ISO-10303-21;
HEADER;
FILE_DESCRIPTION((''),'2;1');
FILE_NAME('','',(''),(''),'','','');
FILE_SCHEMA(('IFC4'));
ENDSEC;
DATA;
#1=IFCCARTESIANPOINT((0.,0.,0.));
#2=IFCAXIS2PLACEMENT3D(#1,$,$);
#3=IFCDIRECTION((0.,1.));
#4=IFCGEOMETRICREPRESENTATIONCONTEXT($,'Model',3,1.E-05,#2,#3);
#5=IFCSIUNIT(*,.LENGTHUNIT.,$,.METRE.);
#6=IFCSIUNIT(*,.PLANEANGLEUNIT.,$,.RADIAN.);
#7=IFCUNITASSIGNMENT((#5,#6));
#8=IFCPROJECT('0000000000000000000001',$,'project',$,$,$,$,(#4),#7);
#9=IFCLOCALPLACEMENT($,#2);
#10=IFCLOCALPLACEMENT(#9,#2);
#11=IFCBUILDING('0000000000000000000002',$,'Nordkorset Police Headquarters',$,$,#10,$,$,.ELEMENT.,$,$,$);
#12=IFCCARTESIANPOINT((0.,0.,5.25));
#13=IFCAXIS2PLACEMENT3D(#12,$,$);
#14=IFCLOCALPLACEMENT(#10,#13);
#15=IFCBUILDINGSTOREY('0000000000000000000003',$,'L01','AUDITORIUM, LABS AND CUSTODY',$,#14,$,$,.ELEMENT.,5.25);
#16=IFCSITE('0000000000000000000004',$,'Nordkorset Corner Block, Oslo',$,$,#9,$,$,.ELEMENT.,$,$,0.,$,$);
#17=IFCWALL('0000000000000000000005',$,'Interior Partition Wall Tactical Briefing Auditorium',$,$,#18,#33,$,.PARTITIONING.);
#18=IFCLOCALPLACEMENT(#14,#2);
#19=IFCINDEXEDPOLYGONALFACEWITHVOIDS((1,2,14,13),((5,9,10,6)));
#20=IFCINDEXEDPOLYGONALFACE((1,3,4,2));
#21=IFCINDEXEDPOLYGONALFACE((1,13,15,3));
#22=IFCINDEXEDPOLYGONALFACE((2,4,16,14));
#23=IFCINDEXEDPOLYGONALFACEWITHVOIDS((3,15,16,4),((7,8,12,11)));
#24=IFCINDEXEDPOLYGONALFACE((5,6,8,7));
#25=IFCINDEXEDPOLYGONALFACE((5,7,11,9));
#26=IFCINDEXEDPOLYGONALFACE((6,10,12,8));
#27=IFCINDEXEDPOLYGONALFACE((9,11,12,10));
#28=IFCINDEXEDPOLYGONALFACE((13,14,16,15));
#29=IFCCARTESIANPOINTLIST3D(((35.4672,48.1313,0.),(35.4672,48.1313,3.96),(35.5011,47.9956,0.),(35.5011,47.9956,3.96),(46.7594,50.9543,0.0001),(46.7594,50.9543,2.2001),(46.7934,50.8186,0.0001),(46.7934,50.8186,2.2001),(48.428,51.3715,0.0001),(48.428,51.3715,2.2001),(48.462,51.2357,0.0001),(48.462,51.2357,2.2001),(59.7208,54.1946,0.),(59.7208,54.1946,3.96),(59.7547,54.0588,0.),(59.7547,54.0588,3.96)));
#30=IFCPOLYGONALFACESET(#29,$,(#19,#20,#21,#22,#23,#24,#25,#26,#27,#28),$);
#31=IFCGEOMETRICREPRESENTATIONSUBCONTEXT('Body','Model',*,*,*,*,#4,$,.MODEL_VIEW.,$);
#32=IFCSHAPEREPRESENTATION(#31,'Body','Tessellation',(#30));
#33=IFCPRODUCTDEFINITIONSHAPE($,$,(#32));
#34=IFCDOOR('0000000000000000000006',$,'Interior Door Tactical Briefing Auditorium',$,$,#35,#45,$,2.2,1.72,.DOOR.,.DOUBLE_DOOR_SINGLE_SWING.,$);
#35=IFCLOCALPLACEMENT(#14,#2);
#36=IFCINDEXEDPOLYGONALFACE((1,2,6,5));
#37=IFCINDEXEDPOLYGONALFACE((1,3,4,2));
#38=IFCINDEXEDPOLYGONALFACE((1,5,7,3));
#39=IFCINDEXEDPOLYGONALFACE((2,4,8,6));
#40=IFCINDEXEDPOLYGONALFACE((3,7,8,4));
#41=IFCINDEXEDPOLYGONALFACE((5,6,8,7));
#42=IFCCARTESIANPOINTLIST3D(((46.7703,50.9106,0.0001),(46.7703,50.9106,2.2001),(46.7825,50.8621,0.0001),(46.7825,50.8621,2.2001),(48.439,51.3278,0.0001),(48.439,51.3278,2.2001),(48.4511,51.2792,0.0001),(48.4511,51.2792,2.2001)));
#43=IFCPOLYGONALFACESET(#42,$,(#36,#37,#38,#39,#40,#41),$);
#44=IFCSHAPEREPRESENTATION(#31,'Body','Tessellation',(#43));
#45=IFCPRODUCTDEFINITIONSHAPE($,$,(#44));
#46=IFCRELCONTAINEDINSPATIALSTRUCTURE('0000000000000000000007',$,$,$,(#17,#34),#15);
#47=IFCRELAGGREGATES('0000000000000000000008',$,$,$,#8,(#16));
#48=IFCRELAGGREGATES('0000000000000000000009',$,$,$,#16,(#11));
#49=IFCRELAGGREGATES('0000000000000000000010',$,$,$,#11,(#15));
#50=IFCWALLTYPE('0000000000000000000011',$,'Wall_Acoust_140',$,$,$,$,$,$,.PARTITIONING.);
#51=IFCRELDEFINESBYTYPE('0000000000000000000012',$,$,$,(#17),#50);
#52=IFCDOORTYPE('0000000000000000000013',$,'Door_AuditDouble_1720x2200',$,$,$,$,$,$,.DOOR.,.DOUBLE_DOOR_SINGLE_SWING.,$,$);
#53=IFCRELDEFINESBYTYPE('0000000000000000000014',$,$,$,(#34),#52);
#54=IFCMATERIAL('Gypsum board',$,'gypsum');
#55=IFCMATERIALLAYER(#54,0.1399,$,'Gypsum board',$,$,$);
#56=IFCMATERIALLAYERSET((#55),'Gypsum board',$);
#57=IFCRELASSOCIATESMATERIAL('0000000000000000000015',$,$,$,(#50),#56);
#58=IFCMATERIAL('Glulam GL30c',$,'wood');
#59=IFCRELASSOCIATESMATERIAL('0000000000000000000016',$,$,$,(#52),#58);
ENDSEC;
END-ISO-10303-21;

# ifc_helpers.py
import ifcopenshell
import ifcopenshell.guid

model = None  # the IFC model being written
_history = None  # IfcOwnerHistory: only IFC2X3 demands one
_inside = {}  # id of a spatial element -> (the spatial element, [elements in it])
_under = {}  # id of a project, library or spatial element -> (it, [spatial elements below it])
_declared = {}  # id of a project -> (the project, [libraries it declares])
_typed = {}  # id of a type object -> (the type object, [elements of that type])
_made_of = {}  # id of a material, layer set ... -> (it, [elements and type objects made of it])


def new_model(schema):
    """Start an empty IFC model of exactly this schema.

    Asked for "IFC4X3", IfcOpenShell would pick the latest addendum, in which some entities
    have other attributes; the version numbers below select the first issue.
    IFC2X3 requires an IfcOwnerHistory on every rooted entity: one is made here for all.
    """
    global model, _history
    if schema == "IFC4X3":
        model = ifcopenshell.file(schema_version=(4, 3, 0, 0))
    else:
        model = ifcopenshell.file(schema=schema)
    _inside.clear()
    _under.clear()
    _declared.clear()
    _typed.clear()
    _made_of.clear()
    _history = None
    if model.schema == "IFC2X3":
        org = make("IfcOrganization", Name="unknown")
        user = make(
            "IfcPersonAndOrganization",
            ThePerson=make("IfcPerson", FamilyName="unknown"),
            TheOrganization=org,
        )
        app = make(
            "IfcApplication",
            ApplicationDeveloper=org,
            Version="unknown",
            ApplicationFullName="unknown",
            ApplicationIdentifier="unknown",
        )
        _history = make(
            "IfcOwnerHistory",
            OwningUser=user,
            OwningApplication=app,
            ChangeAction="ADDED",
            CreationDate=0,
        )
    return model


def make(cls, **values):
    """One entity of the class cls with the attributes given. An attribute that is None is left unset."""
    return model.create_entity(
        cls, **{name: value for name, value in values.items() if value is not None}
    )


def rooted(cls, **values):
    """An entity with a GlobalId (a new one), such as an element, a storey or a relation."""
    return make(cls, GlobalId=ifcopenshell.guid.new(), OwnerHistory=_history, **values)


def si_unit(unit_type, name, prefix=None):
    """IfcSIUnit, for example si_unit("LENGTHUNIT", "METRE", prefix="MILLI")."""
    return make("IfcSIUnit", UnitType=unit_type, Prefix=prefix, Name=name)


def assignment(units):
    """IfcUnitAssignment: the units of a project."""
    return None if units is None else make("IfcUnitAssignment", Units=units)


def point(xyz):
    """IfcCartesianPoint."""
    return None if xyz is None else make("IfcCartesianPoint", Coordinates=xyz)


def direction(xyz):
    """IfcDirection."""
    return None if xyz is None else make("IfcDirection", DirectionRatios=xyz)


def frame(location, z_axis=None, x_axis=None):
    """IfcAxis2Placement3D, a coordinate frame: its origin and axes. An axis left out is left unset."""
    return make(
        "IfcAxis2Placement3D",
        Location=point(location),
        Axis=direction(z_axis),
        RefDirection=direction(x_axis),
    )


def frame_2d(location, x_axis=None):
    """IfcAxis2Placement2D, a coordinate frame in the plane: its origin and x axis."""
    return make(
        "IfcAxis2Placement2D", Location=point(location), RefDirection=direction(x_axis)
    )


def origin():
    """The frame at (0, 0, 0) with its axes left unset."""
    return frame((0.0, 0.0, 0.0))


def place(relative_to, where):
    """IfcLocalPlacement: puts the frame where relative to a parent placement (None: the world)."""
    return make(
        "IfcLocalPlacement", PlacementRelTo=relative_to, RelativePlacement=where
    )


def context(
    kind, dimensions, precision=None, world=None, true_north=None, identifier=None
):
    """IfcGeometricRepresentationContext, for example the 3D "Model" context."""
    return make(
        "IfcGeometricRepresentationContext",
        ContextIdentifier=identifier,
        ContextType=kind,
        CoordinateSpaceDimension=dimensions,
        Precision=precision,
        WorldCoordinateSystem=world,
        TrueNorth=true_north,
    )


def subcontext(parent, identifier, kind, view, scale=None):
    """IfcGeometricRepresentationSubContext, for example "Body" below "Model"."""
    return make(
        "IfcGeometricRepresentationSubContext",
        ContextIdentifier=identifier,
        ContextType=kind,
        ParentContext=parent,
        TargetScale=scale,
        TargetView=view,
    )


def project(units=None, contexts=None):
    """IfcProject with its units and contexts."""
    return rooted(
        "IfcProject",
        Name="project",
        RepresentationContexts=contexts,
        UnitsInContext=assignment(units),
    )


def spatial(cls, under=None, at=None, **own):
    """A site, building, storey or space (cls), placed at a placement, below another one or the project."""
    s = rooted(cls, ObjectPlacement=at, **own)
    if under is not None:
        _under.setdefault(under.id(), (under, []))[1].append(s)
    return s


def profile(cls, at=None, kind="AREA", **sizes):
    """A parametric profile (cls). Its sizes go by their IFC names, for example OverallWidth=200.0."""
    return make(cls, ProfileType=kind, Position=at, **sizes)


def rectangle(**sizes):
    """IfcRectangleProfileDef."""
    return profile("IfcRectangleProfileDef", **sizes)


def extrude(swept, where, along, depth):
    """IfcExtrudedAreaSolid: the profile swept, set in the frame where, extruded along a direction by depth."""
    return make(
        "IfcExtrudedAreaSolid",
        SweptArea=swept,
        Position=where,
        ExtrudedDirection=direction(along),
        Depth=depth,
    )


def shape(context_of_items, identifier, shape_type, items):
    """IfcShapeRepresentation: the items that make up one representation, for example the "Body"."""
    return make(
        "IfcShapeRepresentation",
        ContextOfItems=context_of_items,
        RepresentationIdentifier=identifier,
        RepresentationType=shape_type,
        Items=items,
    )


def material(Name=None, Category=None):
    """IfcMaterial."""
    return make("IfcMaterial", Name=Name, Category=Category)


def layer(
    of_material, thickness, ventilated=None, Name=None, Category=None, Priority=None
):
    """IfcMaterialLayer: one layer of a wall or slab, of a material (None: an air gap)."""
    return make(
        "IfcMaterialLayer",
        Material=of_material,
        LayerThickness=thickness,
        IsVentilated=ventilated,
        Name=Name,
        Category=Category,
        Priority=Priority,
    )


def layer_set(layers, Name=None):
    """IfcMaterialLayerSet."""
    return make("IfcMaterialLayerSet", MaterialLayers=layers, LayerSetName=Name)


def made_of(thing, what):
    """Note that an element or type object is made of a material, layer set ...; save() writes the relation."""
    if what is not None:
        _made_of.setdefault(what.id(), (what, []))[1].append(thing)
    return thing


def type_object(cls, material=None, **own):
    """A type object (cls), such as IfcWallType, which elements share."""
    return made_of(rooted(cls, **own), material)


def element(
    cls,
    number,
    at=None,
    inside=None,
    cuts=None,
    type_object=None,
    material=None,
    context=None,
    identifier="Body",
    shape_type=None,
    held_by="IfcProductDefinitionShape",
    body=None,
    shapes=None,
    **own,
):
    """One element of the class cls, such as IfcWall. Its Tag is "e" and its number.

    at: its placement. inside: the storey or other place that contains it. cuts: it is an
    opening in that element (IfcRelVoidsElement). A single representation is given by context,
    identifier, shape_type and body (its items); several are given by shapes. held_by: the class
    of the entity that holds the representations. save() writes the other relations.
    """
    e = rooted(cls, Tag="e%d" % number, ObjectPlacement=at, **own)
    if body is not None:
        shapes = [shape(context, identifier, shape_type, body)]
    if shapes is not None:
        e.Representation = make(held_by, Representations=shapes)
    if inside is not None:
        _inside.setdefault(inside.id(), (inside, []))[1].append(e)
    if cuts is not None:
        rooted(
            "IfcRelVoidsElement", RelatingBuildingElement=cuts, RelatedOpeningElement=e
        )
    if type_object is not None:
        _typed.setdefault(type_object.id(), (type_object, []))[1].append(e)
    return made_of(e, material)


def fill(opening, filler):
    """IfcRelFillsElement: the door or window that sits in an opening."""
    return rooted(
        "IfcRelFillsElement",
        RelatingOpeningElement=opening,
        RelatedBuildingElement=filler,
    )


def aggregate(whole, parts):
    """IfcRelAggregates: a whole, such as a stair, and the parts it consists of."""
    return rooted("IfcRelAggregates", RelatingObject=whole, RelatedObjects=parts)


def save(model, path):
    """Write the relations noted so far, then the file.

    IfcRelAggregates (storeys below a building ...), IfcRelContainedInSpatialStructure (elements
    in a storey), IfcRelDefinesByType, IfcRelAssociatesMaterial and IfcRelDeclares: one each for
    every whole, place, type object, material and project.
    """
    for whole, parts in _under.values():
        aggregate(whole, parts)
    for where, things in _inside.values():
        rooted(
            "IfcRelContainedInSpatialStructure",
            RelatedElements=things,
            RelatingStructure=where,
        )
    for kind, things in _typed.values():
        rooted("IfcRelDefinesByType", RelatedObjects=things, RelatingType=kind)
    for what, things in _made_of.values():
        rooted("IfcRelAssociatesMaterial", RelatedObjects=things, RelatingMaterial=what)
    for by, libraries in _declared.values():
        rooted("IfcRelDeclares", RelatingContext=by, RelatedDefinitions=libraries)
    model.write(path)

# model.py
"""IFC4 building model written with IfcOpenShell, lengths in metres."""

from ifc_helpers import new_model, si_unit, direction, frame, frame_2d, origin, place, context, subcontext, project, spatial, rectangle, extrude, material, layer, layer_set, type_object, element, fill, save


model = new_model("IFC4")

# Units and contexts
model_context = context("Model", 3, precision=1e-05, world=origin(), true_north=direction((0.0, 1.0)))
body_context = subcontext(model_context, "Body", "Model", "MODEL_VIEW")
ifc_project = project(units=[si_unit("LENGTHUNIT", "METRE"), si_unit("PLANEANGLEUNIT", "RADIAN")], contexts=[model_context])

# Site, building, storey
site_placement = place(None, origin())
site = spatial("IfcSite", under=ifc_project, at=site_placement, Name="Nordkorset Corner Block, Oslo", CompositionType="ELEMENT", RefElevation=0.0)
building_placement = place(site_placement, origin())
building = spatial("IfcBuilding", under=site, at=building_placement, Name="Nordkorset Police Headquarters", CompositionType="ELEMENT")
storey_placement = place(building_placement, frame((0.0, 0.0, 5.25)))
storey = spatial("IfcBuildingStorey", under=building, at=storey_placement, Name="L01", Description="AUDITORIUM, LABS AND CUSTODY", CompositionType="ELEMENT", Elevation=5.25)

# Wall, opening, door
ifc_material_1 = material(Name="Gypsum board", Category="gypsum")
ifc_layer_1 = layer(ifc_material_1, 0.1399, Name="Gypsum board")
ifc_layer_set_1 = layer_set([ifc_layer_1], Name="Gypsum board")
wall_type = type_object("IfcWallType", Name="Wall_Acoust_140", PredefinedType="PARTITIONING", material=ifc_layer_set_1)
wall_placement = place(storey_placement, frame((35.4841, 48.0635, 0.0), z_axis=(0.0, 0.0, 1.0), x_axis=(0.970144, 0.242529, 0.0)))
wall = element("IfcWall", 1, at=wall_placement, inside=storey, type_object=wall_type, Name="Interior Partition Wall Tactical Briefing Auditorium", PredefinedType="PARTITIONING", context=body_context, shape_type="SweptSolid", body=[
    extrude(rectangle(XDim=25.0, YDim=0.1399, at=frame_2d((12.5, 0.0))), origin(), (0.0, 0.0, 1.0), 3.96),
])
opening_placement = place(wall_placement, frame((11.6399, 0.0, 0.0)))
opening = element("IfcOpeningElement", 2, at=opening_placement, cuts=wall, PredefinedType="OPENING", context=body_context, shape_type="SweptSolid", body=[
    extrude(rectangle(XDim=1.72, YDim=2.2, at=frame_2d((0.8599, 1.1001))), frame((0.0, 0.0801, 0.0), z_axis=(0.0, -1.0, 0.0), x_axis=(1.0, 0.0, 0.0)), (0.0, 0.0, 1.0), 0.1599),
])
ifc_material_2 = material(Name="Glulam GL30c", Category="wood")
door_type = type_object("IfcDoorType", Name="Door_AuditDouble_1720x2200", OperationType="DOUBLE_DOOR_SINGLE_SWING", PredefinedType="DOOR", material=ifc_material_2)
door_placement = place(opening_placement, origin())
door = element("IfcDoor", 3, at=door_placement, inside=storey, type_object=door_type, Name="Interior Door Tactical Briefing Auditorium", OperationType="DOUBLE_DOOR_SINGLE_SWING", OverallHeight=2.2, OverallWidth=1.72, PredefinedType="DOOR", context=body_context, shape_type="SweptSolid", body=[
    extrude(rectangle(XDim=1.72, YDim=2.2, at=frame_2d((0.8599, 1.1001))), frame((0.0, 0.0249, 0.0), z_axis=(0.0, -1.0, 0.0), x_axis=(1.0, 0.0, 0.0)), (0.0, 0.0, 1.0), 0.05),
])
fill(opening, door)

save(model, "model.ifc")
